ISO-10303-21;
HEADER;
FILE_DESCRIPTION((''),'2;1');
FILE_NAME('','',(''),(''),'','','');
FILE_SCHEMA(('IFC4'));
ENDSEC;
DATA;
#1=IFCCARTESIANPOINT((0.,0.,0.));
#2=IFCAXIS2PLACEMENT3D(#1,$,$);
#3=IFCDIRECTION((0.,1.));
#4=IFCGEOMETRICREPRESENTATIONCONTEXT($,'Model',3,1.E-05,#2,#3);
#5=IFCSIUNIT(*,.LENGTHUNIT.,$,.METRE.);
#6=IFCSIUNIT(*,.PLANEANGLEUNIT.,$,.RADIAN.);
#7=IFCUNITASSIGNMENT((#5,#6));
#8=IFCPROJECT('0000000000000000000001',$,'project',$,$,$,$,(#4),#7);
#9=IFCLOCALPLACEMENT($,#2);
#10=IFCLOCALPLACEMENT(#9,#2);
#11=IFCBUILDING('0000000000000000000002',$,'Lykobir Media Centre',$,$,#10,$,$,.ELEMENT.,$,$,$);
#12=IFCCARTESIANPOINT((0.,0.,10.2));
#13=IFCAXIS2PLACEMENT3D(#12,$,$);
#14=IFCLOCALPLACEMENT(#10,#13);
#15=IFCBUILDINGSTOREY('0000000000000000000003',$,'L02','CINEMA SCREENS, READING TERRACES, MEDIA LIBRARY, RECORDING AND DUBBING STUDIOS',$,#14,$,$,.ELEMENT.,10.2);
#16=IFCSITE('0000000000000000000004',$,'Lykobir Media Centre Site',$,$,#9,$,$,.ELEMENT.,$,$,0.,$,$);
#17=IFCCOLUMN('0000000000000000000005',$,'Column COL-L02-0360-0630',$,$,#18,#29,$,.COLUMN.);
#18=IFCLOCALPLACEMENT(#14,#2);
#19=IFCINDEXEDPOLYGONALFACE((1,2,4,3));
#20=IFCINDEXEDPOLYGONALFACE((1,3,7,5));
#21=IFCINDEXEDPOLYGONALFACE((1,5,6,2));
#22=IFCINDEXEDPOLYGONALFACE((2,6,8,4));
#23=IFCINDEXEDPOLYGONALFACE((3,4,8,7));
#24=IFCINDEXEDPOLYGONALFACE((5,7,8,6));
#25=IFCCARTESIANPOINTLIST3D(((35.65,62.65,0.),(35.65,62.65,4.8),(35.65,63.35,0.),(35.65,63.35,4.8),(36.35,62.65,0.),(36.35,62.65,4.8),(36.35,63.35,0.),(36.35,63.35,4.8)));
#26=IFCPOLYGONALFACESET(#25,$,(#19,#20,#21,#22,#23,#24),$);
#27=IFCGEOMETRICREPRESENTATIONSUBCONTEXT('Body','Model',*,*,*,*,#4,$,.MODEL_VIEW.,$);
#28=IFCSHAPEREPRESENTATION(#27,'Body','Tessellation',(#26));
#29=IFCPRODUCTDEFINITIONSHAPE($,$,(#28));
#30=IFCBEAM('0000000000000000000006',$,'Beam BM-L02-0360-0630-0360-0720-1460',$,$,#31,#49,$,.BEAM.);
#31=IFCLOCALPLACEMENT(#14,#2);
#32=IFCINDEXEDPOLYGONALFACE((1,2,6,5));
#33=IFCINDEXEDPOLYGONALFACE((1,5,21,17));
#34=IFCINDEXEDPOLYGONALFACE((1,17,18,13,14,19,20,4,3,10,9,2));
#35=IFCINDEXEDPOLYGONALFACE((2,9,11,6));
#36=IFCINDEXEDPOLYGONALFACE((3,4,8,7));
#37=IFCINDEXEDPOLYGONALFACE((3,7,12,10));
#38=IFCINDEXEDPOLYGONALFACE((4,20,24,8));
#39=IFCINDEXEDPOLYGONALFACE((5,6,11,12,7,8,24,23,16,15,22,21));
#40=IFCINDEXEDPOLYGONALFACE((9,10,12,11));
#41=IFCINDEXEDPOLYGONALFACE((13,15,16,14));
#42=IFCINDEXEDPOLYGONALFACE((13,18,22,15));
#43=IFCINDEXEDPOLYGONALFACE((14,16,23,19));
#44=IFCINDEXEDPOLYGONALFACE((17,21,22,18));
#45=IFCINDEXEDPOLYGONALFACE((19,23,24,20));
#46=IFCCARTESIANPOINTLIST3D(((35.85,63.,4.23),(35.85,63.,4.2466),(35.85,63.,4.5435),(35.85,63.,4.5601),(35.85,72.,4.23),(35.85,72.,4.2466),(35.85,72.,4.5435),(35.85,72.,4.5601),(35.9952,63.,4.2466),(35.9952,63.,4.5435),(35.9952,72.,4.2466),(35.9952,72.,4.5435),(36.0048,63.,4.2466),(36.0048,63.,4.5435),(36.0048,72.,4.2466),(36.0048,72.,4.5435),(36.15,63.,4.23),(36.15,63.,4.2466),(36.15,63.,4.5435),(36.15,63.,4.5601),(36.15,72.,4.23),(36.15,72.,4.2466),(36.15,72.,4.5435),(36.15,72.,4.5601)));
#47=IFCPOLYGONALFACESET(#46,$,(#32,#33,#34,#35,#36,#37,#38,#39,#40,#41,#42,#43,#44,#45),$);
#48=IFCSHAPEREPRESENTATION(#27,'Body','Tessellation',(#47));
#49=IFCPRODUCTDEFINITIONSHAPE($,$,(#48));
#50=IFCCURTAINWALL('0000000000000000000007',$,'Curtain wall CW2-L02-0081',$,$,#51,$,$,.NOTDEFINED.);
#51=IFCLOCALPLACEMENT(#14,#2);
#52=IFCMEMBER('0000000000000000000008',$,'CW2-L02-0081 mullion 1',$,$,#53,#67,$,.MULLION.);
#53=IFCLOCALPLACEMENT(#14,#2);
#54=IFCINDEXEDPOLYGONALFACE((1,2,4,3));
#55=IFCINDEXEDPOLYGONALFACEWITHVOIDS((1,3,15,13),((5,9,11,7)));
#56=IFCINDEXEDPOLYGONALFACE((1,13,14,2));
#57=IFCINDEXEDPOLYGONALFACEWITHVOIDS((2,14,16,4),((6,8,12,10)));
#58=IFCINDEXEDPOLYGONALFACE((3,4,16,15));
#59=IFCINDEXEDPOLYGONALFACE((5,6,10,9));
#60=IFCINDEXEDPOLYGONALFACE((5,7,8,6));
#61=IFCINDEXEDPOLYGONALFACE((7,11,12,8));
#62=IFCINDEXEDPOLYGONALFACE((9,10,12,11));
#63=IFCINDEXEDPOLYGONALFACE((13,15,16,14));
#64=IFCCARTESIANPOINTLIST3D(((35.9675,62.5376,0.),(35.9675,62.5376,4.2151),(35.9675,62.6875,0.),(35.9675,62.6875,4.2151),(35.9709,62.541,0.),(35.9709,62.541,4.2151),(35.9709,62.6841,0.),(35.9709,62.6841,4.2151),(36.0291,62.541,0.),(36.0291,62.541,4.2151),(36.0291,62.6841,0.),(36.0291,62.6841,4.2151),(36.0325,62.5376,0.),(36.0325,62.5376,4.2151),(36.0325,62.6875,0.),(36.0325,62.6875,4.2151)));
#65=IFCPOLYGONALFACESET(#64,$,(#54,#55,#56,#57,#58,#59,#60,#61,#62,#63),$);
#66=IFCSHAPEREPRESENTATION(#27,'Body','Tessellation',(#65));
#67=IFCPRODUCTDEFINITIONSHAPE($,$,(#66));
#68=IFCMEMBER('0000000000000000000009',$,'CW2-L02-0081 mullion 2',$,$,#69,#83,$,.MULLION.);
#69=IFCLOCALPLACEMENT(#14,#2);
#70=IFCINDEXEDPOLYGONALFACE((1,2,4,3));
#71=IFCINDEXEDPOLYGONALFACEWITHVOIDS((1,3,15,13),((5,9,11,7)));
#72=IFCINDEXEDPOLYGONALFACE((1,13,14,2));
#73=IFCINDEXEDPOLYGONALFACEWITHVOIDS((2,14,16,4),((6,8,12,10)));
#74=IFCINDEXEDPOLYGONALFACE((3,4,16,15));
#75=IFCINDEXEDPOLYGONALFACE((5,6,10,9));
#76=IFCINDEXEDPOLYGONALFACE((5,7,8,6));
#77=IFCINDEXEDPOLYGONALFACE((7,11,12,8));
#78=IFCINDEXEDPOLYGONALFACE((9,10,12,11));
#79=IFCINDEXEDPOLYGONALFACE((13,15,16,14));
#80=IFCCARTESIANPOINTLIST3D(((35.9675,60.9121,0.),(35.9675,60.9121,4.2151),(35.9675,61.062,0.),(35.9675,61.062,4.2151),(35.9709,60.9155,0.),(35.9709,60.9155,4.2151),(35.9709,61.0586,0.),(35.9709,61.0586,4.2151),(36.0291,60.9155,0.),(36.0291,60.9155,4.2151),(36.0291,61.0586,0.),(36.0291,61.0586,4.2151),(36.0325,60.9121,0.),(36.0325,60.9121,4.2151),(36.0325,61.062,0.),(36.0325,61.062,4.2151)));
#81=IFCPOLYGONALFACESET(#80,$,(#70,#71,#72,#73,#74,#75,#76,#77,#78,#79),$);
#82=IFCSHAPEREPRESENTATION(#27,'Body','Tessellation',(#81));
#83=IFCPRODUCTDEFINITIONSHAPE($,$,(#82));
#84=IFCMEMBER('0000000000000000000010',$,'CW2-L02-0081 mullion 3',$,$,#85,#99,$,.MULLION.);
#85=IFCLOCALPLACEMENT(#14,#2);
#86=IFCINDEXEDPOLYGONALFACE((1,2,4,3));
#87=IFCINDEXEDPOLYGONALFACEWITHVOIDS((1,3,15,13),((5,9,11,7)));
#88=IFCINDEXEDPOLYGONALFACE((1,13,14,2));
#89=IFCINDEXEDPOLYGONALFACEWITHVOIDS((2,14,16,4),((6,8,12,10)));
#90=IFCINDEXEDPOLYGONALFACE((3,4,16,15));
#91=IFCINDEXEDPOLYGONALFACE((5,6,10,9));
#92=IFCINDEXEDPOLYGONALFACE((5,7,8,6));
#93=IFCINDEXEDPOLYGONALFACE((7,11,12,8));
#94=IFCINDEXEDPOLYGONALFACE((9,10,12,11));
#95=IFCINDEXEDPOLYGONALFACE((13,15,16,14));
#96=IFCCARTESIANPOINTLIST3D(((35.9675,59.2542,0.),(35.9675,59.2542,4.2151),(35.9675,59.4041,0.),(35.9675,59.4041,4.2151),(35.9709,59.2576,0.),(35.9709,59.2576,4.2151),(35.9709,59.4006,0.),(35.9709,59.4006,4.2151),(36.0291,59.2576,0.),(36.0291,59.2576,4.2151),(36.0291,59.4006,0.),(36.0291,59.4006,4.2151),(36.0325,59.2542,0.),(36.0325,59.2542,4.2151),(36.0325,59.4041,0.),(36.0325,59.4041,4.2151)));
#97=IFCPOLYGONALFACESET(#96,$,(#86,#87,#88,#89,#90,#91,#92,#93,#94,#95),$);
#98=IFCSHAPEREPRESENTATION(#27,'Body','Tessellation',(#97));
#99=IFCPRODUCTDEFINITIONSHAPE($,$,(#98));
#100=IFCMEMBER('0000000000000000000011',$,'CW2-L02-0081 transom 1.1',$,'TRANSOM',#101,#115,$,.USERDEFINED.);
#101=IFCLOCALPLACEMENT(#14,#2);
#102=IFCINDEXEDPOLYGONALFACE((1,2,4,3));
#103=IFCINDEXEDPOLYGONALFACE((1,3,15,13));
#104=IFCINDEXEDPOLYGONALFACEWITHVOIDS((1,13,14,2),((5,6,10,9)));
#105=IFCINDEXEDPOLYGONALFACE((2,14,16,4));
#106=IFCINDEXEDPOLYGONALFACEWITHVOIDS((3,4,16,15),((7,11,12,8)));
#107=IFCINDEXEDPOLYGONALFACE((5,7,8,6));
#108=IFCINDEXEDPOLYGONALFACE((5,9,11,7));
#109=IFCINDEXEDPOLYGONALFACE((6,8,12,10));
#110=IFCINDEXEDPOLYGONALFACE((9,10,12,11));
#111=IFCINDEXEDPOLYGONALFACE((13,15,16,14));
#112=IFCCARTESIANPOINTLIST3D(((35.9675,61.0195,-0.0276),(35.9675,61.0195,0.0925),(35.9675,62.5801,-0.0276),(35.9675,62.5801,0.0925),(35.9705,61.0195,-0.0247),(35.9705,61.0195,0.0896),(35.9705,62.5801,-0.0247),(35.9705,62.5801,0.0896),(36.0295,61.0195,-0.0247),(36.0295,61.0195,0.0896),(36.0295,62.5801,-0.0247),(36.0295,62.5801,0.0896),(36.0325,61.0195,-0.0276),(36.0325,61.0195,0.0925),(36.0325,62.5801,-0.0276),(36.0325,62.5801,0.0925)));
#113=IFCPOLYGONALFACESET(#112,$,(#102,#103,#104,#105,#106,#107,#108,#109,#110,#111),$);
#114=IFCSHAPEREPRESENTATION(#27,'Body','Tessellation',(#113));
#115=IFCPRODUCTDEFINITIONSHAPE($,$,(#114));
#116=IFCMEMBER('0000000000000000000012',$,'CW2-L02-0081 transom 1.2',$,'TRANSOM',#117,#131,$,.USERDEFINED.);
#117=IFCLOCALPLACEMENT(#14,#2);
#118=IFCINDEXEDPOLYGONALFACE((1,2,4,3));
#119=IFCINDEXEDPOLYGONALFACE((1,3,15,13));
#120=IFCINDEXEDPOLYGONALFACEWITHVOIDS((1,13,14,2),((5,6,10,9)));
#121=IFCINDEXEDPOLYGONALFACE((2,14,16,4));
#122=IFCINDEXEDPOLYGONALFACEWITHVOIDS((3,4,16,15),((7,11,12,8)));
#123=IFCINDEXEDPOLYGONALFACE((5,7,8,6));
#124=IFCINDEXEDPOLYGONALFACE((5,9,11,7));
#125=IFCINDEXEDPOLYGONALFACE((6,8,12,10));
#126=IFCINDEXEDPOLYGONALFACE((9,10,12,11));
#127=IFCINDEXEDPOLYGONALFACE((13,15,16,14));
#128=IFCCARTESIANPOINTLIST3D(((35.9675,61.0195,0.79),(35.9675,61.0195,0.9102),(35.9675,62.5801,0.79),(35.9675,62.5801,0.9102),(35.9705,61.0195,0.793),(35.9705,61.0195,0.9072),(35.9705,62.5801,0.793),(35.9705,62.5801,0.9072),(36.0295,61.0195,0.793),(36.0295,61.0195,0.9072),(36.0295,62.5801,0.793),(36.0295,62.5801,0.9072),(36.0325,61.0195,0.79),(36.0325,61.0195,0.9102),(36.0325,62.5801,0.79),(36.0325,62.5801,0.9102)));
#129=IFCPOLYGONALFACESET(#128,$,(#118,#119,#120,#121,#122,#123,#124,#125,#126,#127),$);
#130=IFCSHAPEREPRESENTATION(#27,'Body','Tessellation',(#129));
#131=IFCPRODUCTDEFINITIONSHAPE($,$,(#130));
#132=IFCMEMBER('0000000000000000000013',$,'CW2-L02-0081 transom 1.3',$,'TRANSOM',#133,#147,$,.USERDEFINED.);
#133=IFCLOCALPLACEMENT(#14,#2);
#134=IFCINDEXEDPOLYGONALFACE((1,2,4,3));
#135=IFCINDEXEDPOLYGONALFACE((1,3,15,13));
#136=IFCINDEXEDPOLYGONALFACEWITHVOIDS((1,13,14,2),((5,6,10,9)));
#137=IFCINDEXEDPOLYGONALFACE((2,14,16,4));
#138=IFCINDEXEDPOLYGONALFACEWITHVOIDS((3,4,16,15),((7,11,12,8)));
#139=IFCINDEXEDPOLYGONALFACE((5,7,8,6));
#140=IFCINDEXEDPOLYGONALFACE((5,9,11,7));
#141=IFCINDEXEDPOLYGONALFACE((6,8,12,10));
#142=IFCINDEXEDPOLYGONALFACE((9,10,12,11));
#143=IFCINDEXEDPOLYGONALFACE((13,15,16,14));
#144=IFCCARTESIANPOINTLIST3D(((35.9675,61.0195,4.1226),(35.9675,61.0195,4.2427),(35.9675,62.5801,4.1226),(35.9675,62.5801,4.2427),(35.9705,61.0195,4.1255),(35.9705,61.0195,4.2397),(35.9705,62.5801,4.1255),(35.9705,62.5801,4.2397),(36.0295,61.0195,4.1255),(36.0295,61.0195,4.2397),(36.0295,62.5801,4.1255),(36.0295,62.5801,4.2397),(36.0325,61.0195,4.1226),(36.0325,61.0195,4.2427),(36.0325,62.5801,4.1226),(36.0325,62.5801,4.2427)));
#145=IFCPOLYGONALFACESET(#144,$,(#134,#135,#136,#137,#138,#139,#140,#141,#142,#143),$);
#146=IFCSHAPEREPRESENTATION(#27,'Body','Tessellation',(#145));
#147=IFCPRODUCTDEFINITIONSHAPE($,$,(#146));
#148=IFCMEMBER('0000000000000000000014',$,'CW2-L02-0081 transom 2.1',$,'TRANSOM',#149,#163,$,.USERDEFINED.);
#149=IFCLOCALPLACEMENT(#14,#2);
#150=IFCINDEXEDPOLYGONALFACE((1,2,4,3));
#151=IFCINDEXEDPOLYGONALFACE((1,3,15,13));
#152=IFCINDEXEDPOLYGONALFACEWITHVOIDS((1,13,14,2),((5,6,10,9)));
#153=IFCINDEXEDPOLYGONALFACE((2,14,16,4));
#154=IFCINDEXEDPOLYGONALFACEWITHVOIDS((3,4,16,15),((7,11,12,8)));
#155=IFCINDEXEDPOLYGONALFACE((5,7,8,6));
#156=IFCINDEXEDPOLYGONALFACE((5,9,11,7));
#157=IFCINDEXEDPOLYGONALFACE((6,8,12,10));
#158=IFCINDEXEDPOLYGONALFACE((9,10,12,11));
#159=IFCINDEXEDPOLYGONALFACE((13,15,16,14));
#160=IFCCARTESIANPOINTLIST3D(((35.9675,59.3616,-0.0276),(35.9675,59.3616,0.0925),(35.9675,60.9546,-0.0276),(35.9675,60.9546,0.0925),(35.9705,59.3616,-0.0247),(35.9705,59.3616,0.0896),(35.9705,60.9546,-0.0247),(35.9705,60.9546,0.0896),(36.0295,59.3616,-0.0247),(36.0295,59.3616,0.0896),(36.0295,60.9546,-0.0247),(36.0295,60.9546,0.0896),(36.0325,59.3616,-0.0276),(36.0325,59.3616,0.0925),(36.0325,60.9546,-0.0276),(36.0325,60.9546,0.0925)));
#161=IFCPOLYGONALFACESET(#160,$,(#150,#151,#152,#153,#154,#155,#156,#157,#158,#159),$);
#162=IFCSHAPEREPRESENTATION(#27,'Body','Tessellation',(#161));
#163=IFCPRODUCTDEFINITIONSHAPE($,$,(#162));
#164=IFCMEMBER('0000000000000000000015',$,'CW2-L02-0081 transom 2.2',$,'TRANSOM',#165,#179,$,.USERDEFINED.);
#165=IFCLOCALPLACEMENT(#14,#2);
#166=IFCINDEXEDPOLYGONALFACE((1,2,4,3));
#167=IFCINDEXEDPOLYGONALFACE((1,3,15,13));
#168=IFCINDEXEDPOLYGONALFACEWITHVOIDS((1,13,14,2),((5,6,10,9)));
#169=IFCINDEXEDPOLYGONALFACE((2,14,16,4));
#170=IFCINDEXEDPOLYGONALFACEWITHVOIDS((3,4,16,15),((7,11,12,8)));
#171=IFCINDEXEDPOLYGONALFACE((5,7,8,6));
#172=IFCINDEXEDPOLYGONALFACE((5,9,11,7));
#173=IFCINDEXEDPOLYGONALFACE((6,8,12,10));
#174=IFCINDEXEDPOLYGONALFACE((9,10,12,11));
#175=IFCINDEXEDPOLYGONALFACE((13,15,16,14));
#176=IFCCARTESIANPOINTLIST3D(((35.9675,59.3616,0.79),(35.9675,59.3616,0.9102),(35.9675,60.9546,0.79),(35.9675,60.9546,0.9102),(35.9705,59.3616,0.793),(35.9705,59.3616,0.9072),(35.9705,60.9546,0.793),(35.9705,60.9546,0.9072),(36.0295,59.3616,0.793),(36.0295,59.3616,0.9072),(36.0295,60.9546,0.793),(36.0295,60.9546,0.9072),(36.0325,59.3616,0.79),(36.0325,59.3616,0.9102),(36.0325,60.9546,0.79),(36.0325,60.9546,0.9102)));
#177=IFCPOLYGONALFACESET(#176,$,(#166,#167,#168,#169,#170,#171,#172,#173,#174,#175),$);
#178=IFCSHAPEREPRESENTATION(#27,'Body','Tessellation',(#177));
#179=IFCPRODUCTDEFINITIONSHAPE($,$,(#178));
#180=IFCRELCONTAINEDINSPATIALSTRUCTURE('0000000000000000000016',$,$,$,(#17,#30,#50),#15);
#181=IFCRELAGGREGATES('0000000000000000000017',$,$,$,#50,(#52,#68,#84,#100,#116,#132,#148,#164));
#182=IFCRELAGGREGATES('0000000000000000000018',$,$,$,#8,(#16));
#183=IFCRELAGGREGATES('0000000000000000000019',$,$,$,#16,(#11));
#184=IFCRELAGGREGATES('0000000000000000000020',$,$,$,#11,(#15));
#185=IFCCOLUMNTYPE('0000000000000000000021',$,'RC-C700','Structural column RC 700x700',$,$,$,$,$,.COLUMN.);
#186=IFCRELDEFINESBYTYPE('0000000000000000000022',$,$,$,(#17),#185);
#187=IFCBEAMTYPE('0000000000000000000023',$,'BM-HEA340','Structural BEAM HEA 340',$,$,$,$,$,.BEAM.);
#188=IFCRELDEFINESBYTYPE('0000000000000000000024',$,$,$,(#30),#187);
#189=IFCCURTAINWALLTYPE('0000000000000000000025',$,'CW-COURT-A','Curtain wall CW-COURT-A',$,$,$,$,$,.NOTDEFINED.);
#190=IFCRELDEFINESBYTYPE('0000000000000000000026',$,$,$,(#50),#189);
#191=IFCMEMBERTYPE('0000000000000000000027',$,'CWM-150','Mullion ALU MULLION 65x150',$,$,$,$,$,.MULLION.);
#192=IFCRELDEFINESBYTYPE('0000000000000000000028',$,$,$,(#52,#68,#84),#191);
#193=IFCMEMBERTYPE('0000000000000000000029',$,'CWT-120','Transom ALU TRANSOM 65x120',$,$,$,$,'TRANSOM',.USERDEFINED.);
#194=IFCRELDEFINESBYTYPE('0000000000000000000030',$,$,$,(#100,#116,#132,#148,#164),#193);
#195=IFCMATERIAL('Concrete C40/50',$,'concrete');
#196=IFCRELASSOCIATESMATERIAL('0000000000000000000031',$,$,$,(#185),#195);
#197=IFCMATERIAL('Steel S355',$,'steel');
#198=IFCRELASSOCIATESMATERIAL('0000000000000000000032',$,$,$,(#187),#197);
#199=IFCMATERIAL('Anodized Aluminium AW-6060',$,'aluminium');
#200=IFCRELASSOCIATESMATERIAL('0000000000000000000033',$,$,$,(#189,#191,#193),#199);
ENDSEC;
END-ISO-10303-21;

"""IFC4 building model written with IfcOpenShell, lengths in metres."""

from ifc_helpers import new_model, si_unit, direction, frame, origin, origin_2d, place, context, subcontext, project, spatial, rectangle, hollow_rectangle, i_section, extrude, material, material_profile, profile_set, type_object, element, aggregate, save


model = new_model("IFC4")

# Units and contexts
model_context = context("Model", 3, precision=1e-05, world=origin(), true_north=direction((0.0, 1.0)))
body_context = subcontext(model_context, "Body", "Model", "MODEL_VIEW")
ifc_project = project(units=[si_unit("LENGTHUNIT", "METRE"), si_unit("PLANEANGLEUNIT", "RADIAN")], contexts=[model_context])

# Site, building, storey
site_placement = place(None, origin())
site = spatial("IfcSite", under=ifc_project, at=site_placement, Name="Lykobir Media Centre Site", CompositionType="ELEMENT", RefElevation=0.0)
building_placement = place(site_placement, origin())
building = spatial("IfcBuilding", under=site, at=building_placement, Name="Lykobir Media Centre", CompositionType="ELEMENT")
storey_placement = place(building_placement, frame((0.0, 0.0, 10.2)))
storey = spatial("IfcBuildingStorey", under=building, at=storey_placement, Name="L02", Description="CINEMA SCREENS, READING TERRACES, MEDIA LIBRARY, RECORDING AND DUBBING STUDIOS", CompositionType="ELEMENT", Elevation=10.2)

# Column
ifc_material_1 = material(Name="Concrete C40/50", Category="concrete")
ifc_material_profile_1 = material_profile(ifc_material_1, rectangle(XDim=0.7, YDim=0.7, at=origin_2d()), Name="RC 700x700")
ifc_profile_set_1 = profile_set([ifc_material_profile_1], Name="Concrete C40/50")
column_type = type_object("IfcColumnType", Name="RC-C700", Description="Structural column RC 700x700", PredefinedType="COLUMN", material=ifc_profile_set_1)
column_placement = place(storey_placement, frame((36.0, 63.0, 0.0), z_axis=(0.0, 0.0, 1.0), x_axis=(1.0, 0.0, 0.0)))
element("IfcColumn", 1, at=column_placement, inside=storey, type_object=column_type, Name="Column COL-L02-0360-0630", PredefinedType="COLUMN", context=body_context, shape_type="SweptSolid", body=[
    extrude(rectangle(XDim=0.7, YDim=0.7, at=origin_2d()), origin(), (0.0, 0.0, 1.0), 4.8),
])

# Beam
ifc_material_2 = material(Name="Steel S355", Category="steel")
ifc_material_profile_2 = material_profile(ifc_material_2, i_section(OverallWidth=0.3, OverallDepth=0.3301, WebThickness=0.0095, FlangeThickness=0.0166, at=origin_2d()), Name="HEA 340")
ifc_profile_set_2 = profile_set([ifc_material_profile_2], Name="Steel S355")
beam_type_1 = type_object("IfcBeamType", Name="BM-HEA340", Description="Structural BEAM HEA 340", PredefinedType="BEAM", material=ifc_profile_set_2)
beam_1_placement = place(storey_placement, frame((36.0, 63.0, 4.395), z_axis=(0.0, 1.0, 0.0), x_axis=(-1.0, 0.0, 0.0)))
element("IfcBeam", 2, at=beam_1_placement, inside=storey, type_object=beam_type_1, Name="Beam BM-L02-0360-0630-0360-0720-1460", PredefinedType="BEAM", context=body_context, shape_type="SweptSolid", body=[
    extrude(i_section(OverallWidth=0.3, OverallDepth=0.3301, WebThickness=0.0095, FlangeThickness=0.0166, at=origin_2d()), origin(), (0.0, 0.0, 1.0), 9.0),
])

# Curtain wall, members
ifc_material_3 = material(Name="Anodized Aluminium AW-6060", Category="aluminium")
curtain_wall_type = type_object("IfcCurtainWallType", Name="CW-COURT-A", Description="Curtain wall CW-COURT-A", PredefinedType="NOTDEFINED", material=ifc_material_3)
curtain_wall_placement = place(storey_placement, origin())
curtain_wall = element("IfcCurtainWall", 3, at=curtain_wall_placement, inside=storey, type_object=curtain_wall_type, Name="Curtain wall CW2-L02-0081", PredefinedType="NOTDEFINED")
ifc_material_profile_3 = material_profile(ifc_material_3, hollow_rectangle(XDim=0.0649, YDim=0.1499, WallThickness=0.0034, at=origin_2d()), Name="ALU MULLION 65x150")
ifc_profile_set_3 = profile_set([ifc_material_profile_3], Name="Anodized Aluminium AW-6060")
member_type_1 = type_object("IfcMemberType", Name="CWM-150", Description="Mullion ALU MULLION 65x150", PredefinedType="MULLION", material=ifc_profile_set_3)
member_1_placement = place(storey_placement, frame((36.0, 62.6125, 0.0), z_axis=(0.0, 0.0, 1.0), x_axis=(1.0, 0.0, 0.0)))
member_1 = element("IfcMember", 4, at=member_1_placement, type_object=member_type_1, Name="CW2-L02-0081 mullion 1", PredefinedType="MULLION", context=body_context, shape_type="SweptSolid", body=[
    extrude(hollow_rectangle(XDim=0.0649, YDim=0.1499, WallThickness=0.0034, at=origin_2d()), origin(), (0.0, 0.0, 1.0), 4.2151),
])
member_2_placement = place(storey_placement, frame((36.0, 60.9871, 0.0), z_axis=(0.0, 0.0, 1.0), x_axis=(1.0, 0.0, 0.0)))
member_2 = element("IfcMember", 5, at=member_2_placement, type_object=member_type_1, Name="CW2-L02-0081 mullion 2", PredefinedType="MULLION", context=body_context, shape_type="SweptSolid", body=[
    extrude(hollow_rectangle(XDim=0.0649, YDim=0.1499, WallThickness=0.0034, at=origin_2d()), origin(), (0.0, 0.0, 1.0), 4.2151),
])
member_3_placement = place(storey_placement, frame((36.0, 59.3291, 0.0), z_axis=(0.0, 0.0, 1.0), x_axis=(1.0, 0.0, 0.0)))
member_3 = element("IfcMember", 6, at=member_3_placement, type_object=member_type_1, Name="CW2-L02-0081 mullion 3", PredefinedType="MULLION", context=body_context, shape_type="SweptSolid", body=[
    extrude(hollow_rectangle(XDim=0.0649, YDim=0.1499, WallThickness=0.0034, at=origin_2d()), origin(), (0.0, 0.0, 1.0), 4.2151),
])
ifc_material_profile_4 = material_profile(ifc_material_3, hollow_rectangle(XDim=0.0649, YDim=0.1201, WallThickness=0.0029, at=origin_2d()), Name="ALU TRANSOM 65x120")
ifc_profile_set_4 = profile_set([ifc_material_profile_4], Name="Anodized Aluminium AW-6060")
member_type_2 = type_object("IfcMemberType", Name="CWT-120", Description="Transom ALU TRANSOM 65x120", ElementType="TRANSOM", PredefinedType="USERDEFINED", material=ifc_profile_set_4)
member_4_placement = place(storey_placement, frame((36.0, 62.5801, 0.0325), z_axis=(0.0, -1.0, 0.0), x_axis=(1.0, 0.0, 0.0)))
member_4 = element("IfcMember", 7, at=member_4_placement, type_object=member_type_2, Name="CW2-L02-0081 transom 1.1", ObjectType="TRANSOM", PredefinedType="USERDEFINED", context=body_context, shape_type="SweptSolid", body=[
    extrude(hollow_rectangle(XDim=0.0649, YDim=0.1201, WallThickness=0.0029, at=origin_2d()), origin(), (0.0, 0.0, 1.0), 1.5605),
])
member_5_placement = place(storey_placement, frame((36.0, 62.5801, 0.8501), z_axis=(0.0, -1.0, 0.0), x_axis=(1.0, 0.0, 0.0)))
member_5 = element("IfcMember", 8, at=member_5_placement, type_object=member_type_2, Name="CW2-L02-0081 transom 1.2", ObjectType="TRANSOM", PredefinedType="USERDEFINED", context=body_context, shape_type="SweptSolid", body=[
    extrude(hollow_rectangle(XDim=0.0649, YDim=0.1201, WallThickness=0.0029, at=origin_2d()), origin(), (0.0, 0.0, 1.0), 1.5605),
])
member_6_placement = place(storey_placement, frame((36.0, 62.5801, 4.1826), z_axis=(0.0, -1.0, 0.0), x_axis=(1.0, 0.0, 0.0)))
member_6 = element("IfcMember", 9, at=member_6_placement, type_object=member_type_2, Name="CW2-L02-0081 transom 1.3", ObjectType="TRANSOM", PredefinedType="USERDEFINED", context=body_context, shape_type="SweptSolid", body=[
    extrude(hollow_rectangle(XDim=0.0649, YDim=0.1201, WallThickness=0.0029, at=origin_2d()), origin(), (0.0, 0.0, 1.0), 1.5605),
])
member_7_placement = place(storey_placement, frame((36.0, 60.9546, 0.0325), z_axis=(0.0, -1.0, 0.0), x_axis=(1.0, 0.0, 0.0)))
member_7 = element("IfcMember", 10, at=member_7_placement, type_object=member_type_2, Name="CW2-L02-0081 transom 2.1", ObjectType="TRANSOM", PredefinedType="USERDEFINED", context=body_context, shape_type="SweptSolid", body=[
    extrude(hollow_rectangle(XDim=0.0649, YDim=0.1201, WallThickness=0.0029, at=origin_2d()), origin(), (0.0, 0.0, 1.0), 1.593),
])
member_8_placement = place(storey_placement, frame((36.0, 60.9546, 0.8501), z_axis=(0.0, -1.0, 0.0), x_axis=(1.0, 0.0, 0.0)))
member_8 = element("IfcMember", 11, at=member_8_placement, type_object=member_type_2, Name="CW2-L02-0081 transom 2.2", ObjectType="TRANSOM", PredefinedType="USERDEFINED", context=body_context, shape_type="SweptSolid", body=[
    extrude(hollow_rectangle(XDim=0.0649, YDim=0.1201, WallThickness=0.0029, at=origin_2d()), origin(), (0.0, 0.0, 1.0), 1.593),
])

aggregate(curtain_wall, [member_1, member_2, member_3, member_4, member_5, member_6, member_7, member_8])

save(model, "model.ifc")
